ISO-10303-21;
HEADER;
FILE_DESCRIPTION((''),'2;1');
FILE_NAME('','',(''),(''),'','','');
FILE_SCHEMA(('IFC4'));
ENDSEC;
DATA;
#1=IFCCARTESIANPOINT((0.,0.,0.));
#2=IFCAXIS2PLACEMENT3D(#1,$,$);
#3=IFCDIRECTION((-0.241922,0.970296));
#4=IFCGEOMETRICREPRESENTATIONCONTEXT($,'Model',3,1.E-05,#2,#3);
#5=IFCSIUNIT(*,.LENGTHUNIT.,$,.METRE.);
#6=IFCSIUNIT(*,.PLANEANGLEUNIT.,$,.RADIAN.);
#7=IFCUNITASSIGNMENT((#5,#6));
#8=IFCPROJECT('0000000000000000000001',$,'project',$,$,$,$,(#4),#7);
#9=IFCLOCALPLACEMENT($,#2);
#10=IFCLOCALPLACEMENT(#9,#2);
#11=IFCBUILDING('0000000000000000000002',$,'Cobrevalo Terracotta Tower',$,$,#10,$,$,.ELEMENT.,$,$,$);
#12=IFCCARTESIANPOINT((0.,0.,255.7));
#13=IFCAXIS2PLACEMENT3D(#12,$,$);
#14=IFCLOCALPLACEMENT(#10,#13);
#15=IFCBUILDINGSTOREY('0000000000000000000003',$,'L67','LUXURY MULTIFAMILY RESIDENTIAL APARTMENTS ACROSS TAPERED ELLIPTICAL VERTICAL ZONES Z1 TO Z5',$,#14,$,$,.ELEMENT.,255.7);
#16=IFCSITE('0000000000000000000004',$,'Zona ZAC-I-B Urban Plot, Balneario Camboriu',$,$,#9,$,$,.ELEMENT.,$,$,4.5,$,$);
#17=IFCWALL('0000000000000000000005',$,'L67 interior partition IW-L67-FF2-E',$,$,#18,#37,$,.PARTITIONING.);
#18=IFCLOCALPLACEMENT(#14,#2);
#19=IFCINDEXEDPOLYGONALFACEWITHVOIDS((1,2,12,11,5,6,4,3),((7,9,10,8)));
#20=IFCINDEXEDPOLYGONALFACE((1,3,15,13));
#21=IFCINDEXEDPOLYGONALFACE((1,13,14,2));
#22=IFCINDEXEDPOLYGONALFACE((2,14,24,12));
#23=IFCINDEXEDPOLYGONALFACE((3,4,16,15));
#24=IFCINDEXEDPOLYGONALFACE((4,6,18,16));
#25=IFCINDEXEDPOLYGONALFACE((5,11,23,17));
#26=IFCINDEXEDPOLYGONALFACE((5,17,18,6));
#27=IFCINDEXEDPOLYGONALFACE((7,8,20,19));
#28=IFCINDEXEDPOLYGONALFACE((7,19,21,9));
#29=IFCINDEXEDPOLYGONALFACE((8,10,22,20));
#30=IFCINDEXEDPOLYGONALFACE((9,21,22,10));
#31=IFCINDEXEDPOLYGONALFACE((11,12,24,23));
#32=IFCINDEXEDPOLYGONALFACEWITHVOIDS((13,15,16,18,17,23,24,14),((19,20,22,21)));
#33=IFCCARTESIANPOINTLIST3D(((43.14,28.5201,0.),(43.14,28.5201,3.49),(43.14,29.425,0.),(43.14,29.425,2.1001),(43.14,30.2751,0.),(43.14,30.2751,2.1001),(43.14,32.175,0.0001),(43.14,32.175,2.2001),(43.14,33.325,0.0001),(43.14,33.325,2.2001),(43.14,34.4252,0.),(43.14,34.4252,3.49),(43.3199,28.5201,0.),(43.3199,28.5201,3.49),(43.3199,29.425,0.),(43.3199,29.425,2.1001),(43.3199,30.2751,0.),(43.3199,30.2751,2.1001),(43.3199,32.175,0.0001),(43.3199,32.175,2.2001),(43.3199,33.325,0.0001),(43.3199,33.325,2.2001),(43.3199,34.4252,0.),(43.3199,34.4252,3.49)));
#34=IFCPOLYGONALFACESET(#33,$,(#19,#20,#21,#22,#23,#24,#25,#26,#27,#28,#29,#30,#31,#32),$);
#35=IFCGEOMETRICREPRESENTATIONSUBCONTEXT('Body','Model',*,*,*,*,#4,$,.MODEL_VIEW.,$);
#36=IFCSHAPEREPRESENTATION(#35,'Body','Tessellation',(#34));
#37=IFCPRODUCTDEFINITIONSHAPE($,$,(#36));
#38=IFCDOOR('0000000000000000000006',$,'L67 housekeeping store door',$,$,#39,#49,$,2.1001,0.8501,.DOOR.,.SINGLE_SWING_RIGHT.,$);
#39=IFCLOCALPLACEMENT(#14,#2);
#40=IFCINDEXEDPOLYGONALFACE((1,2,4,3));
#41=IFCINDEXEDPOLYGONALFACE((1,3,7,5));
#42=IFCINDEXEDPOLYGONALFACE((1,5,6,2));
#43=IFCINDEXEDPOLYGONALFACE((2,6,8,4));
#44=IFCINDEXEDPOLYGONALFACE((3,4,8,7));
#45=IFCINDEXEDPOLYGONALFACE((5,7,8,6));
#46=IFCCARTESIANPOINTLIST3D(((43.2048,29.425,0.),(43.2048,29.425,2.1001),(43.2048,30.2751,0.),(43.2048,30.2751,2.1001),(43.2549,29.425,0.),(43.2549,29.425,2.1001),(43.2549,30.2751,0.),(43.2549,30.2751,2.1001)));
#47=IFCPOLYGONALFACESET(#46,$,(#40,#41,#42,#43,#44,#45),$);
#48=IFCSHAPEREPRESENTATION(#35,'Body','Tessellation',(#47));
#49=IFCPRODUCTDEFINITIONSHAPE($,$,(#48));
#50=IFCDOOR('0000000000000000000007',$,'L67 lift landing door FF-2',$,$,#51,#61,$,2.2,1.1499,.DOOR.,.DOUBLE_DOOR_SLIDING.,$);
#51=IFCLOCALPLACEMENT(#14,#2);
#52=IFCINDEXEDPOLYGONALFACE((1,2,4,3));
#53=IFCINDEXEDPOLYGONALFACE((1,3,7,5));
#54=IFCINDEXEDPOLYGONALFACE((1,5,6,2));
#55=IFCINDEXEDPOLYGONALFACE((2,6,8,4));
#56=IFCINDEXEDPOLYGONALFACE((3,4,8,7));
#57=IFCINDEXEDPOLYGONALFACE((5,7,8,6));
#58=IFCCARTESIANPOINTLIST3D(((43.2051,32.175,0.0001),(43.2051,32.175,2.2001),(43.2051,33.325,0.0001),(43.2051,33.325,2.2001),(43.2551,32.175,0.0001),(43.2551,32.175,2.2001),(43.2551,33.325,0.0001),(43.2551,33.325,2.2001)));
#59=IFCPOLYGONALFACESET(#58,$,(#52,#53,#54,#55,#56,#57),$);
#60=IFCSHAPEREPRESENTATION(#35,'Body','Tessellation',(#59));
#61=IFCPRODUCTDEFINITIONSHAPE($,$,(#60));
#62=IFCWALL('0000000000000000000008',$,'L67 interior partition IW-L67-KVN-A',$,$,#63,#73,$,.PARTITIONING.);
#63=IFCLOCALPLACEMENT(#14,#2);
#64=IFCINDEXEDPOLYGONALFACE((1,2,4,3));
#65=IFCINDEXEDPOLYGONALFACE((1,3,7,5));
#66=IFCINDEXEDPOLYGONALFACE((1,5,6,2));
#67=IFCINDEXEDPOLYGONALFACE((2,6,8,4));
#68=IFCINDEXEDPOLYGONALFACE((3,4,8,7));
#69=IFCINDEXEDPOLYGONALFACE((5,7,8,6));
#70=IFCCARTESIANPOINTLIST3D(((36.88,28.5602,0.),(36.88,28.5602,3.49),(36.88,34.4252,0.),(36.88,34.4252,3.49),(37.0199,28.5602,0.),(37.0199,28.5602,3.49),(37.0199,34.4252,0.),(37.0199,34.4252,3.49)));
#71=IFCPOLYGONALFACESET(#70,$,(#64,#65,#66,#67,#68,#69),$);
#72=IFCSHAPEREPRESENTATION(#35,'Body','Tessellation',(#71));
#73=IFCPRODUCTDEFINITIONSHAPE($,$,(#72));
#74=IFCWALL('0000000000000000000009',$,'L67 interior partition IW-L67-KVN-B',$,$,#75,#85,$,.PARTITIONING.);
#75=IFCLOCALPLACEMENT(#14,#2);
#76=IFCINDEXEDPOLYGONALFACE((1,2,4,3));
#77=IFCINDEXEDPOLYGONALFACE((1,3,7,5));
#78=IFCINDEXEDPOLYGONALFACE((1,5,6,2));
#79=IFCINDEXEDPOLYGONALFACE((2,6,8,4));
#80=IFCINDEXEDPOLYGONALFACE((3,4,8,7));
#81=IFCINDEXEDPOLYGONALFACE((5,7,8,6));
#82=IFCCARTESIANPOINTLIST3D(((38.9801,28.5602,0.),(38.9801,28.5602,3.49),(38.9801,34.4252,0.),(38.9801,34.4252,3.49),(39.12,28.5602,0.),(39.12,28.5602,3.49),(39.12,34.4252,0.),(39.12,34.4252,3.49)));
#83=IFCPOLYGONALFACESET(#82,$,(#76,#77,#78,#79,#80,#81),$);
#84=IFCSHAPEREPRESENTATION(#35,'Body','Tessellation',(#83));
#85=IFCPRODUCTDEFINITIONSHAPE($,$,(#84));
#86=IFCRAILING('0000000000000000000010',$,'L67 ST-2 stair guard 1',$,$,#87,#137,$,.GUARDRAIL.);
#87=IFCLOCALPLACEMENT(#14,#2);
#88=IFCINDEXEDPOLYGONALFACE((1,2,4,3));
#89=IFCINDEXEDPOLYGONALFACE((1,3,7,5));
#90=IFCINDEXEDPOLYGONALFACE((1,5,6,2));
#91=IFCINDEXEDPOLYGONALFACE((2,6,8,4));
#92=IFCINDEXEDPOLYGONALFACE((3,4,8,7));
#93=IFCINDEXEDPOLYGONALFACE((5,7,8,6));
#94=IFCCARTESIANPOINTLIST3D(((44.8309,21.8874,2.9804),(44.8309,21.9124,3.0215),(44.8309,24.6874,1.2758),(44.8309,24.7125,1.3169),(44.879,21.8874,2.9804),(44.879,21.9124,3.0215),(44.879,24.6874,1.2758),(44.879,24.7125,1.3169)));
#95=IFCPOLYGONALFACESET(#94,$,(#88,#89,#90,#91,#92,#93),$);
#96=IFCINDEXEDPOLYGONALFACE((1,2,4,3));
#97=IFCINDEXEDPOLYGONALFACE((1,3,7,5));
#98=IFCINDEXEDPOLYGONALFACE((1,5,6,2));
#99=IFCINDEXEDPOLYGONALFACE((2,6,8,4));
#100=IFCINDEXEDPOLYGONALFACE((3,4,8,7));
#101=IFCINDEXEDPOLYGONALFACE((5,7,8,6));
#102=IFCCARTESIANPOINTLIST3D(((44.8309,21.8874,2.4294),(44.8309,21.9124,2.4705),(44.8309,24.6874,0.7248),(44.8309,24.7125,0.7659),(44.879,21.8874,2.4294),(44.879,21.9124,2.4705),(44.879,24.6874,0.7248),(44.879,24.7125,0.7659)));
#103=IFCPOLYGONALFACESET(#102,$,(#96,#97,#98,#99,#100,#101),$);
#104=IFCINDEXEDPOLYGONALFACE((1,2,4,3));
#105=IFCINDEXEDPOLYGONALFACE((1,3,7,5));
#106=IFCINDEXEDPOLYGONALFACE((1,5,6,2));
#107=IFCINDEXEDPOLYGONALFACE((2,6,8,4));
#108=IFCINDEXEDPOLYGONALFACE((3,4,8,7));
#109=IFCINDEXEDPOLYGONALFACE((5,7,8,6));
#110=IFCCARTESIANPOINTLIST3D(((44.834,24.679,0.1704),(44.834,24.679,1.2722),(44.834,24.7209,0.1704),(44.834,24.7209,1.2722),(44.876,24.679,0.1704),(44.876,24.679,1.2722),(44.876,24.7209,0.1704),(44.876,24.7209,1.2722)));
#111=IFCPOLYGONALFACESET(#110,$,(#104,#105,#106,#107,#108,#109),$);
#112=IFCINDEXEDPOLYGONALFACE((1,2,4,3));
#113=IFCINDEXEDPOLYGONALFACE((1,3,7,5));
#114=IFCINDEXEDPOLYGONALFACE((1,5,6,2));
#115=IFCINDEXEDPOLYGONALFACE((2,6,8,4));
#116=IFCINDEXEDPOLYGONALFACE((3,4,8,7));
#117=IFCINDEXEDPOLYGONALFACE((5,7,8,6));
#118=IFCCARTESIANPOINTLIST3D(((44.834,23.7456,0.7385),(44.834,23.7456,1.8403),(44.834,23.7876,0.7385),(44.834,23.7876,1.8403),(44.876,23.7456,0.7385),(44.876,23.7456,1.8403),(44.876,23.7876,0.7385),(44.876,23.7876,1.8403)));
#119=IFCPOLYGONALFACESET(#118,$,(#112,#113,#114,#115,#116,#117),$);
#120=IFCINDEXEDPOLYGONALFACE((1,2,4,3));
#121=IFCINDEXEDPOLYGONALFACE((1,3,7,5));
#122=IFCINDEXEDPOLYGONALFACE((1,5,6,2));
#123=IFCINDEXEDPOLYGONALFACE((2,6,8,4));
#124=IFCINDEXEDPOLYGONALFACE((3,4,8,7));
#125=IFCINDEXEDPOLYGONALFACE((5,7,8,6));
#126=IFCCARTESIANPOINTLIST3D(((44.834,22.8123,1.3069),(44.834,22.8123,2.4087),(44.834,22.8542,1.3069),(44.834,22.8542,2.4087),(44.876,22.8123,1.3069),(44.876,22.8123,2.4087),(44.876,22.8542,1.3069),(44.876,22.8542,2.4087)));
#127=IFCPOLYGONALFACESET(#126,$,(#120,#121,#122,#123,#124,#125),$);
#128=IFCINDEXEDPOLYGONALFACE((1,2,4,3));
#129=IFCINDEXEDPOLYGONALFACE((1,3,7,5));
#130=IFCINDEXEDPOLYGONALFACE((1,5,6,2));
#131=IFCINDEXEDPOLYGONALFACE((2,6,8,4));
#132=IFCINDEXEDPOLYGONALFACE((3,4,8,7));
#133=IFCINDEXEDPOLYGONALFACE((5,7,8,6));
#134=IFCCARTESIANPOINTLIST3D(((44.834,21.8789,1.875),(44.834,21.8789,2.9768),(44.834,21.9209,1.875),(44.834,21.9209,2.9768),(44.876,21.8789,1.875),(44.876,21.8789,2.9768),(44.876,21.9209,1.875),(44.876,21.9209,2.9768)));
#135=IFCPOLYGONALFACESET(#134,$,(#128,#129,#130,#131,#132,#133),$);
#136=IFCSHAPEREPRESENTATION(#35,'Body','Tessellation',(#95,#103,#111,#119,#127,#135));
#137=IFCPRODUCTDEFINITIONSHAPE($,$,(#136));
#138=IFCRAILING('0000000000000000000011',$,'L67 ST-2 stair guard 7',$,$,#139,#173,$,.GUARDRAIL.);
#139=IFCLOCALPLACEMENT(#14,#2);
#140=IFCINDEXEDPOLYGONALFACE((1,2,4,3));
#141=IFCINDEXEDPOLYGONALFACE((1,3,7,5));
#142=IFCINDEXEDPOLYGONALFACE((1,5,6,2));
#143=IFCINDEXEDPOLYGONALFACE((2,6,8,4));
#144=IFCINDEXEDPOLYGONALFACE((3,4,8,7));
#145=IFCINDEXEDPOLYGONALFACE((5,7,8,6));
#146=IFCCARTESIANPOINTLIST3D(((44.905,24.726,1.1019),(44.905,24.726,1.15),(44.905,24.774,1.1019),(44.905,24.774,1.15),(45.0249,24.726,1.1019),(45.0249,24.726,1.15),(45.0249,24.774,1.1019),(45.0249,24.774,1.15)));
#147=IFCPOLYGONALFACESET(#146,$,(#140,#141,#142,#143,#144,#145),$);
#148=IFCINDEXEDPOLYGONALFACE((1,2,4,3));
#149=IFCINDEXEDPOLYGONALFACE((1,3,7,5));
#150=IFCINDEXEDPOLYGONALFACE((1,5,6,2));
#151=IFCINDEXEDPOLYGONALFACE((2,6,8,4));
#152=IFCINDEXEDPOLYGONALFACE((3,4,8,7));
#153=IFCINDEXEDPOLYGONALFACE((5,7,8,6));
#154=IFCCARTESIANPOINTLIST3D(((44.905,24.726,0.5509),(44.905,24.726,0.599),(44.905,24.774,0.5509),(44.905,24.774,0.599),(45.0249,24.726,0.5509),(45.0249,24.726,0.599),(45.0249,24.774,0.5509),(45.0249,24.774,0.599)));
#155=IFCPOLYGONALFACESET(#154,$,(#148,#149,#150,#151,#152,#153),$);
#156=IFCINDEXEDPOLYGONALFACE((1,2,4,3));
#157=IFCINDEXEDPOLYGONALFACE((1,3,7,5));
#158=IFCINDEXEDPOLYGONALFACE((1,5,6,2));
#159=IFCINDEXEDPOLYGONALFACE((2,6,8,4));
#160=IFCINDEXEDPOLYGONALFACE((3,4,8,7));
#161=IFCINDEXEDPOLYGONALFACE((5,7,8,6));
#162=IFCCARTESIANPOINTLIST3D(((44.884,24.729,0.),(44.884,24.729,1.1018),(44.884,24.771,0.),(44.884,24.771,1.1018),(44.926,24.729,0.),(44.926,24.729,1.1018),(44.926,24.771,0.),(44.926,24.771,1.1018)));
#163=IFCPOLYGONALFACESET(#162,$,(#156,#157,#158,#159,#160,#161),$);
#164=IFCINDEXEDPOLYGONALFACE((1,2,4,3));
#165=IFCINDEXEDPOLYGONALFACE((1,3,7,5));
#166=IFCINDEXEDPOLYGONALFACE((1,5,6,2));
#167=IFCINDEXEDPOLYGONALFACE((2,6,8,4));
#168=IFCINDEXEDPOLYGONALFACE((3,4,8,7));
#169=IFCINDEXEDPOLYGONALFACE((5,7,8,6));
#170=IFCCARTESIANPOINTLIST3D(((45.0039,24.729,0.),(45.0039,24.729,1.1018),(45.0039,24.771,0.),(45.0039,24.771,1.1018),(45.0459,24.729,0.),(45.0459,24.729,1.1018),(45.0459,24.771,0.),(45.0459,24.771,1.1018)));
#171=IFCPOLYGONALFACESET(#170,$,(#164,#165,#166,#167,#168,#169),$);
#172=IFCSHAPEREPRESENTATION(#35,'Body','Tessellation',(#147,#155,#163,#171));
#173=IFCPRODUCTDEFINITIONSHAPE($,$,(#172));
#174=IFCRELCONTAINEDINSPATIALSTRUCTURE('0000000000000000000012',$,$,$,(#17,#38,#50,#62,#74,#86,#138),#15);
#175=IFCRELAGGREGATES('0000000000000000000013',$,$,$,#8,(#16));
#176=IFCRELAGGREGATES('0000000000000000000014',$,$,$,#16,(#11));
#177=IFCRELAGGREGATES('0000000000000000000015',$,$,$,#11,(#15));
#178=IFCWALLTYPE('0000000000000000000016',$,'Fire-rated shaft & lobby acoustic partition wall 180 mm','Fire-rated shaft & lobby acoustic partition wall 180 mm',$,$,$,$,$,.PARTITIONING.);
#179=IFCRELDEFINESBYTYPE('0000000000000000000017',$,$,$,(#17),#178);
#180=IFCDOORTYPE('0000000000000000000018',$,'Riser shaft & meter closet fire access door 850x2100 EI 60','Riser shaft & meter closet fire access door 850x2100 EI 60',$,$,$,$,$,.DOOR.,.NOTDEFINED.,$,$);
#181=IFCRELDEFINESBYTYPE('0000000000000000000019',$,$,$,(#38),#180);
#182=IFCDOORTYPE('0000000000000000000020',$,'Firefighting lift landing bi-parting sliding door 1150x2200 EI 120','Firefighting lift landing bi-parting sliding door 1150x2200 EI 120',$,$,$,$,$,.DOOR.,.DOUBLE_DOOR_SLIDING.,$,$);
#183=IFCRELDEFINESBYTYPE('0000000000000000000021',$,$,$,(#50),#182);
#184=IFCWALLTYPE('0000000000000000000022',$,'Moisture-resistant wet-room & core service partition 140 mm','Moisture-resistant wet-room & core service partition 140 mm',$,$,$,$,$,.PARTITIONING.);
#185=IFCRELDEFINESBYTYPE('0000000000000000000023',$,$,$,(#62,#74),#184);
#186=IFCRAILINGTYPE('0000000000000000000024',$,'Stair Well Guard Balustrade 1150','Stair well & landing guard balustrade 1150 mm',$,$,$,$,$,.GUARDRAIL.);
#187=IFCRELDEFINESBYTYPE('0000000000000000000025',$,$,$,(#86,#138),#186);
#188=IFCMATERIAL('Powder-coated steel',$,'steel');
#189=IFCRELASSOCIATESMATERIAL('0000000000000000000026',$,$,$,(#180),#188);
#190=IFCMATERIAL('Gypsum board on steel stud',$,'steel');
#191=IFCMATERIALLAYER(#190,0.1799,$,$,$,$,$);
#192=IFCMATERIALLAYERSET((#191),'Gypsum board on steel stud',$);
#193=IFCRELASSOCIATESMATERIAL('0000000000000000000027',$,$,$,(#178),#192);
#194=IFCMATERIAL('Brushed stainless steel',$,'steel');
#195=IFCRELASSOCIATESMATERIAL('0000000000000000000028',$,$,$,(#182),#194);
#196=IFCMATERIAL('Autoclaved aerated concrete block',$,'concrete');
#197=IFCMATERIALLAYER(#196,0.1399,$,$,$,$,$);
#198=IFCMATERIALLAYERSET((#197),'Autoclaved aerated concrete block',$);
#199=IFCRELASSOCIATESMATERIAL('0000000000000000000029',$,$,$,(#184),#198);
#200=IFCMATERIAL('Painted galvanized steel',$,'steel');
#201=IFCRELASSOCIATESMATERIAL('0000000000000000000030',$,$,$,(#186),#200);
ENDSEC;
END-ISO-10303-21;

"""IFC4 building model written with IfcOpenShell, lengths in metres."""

from ifc_helpers import new_model, si_unit, direction, frame, frame_2d, origin, origin_2d, place, context, subcontext, project, spatial, rectangle, extrude, source, transform, mapped, material, layer, layer_set, type_object, element, fill, save


model = new_model("IFC4")

# Units and contexts
model_context = context("Model", 3, precision=1e-05, world=origin(), true_north=direction((-0.241922, 0.970296)))
body_context = subcontext(model_context, "Body", "Model", "MODEL_VIEW")
ifc_project = project(units=[si_unit("LENGTHUNIT", "METRE"), si_unit("PLANEANGLEUNIT", "RADIAN")], contexts=[model_context])

# Site, building, storey
site_placement = place(None, origin())
site = spatial("IfcSite", under=ifc_project, at=site_placement, Name="Zona ZAC-I-B Urban Plot, Balneario Camboriu", CompositionType="ELEMENT", RefElevation=4.5)
building_placement = place(site_placement, origin())
building = spatial("IfcBuilding", under=site, at=building_placement, Name="Cobrevalo Terracotta Tower", CompositionType="ELEMENT")
storey_placement = place(building_placement, frame((0.0, 0.0, 255.7)))
storey = spatial("IfcBuildingStorey", under=building, at=storey_placement, Name="L67", Description="LUXURY MULTIFAMILY RESIDENTIAL APARTMENTS ACROSS TAPERED ELLIPTICAL VERTICAL ZONES Z1 TO Z5", CompositionType="ELEMENT", Elevation=255.7)

# Shared definitions
ifc_material_1 = material(Name="Gypsum board on steel stud", Category="steel")

# Shared definitions
ifc_material_2 = material(Name="Powder-coated steel", Category="steel")
door_type_1 = type_object("IfcDoorType", Name="Riser shaft & meter closet fire access door 850x2100 EI 60", Description="Riser shaft & meter closet fire access door 850x2100 EI 60", OperationType="NOTDEFINED", PredefinedType="DOOR", material=ifc_material_2)
shared_shape_1 = source(origin(), body_context, "Body", "SweptSolid", [
    extrude(rectangle(XDim=0.8501, YDim=2.1001, at=frame_2d((0.425, 1.05))), frame((0.0, 0.0249, 0.0), z_axis=(0.0, -1.0, 0.0), x_axis=(1.0, 0.0, 0.0)), (0.0, 0.0, 1.0), 0.05),
])
ifc_material_3 = material(Name="Brushed stainless steel", Category="steel")

# Shared definitions
ifc_layer_1 = layer(ifc_material_1, 0.1799)
ifc_layer_set_1 = layer_set([ifc_layer_1], Name="Gypsum board on steel stud")
wall_type_1 = type_object("IfcWallType", Name="Fire-rated shaft & lobby acoustic partition wall 180 mm", Description="Fire-rated shaft & lobby acoustic partition wall 180 mm", PredefinedType="PARTITIONING", material=ifc_layer_set_1)

# Wall, openings, doors
wall_1_placement = place(storey_placement, frame((43.23, 28.52, 0.0), z_axis=(0.0, 0.0, 1.0), x_axis=(0.0, 1.0, 0.0)))
wall_1 = element("IfcWall", 1, at=wall_1_placement, inside=storey, type_object=wall_type_1, Name="L67 interior partition IW-L67-FF2-E", PredefinedType="PARTITIONING", context=body_context, shape_type="SweptSolid", body=[
    extrude(rectangle(XDim=5.905, YDim=0.1799, at=frame_2d((2.9526, 0.0))), origin(), (0.0, 0.0, 1.0), 3.49),
])
opening_1_placement = place(wall_1_placement, frame((0.905, 0.0, 0.0)))
opening_1 = element("IfcOpeningElement", 2, at=opening_1_placement, cuts=wall_1, PredefinedType="OPENING", context=body_context, shape_type="SweptSolid", body=[
    extrude(rectangle(XDim=0.8501, YDim=2.1001, at=frame_2d((0.425, 1.05))), frame((0.0, 0.1001, 0.0), z_axis=(0.0, -1.0, 0.0), x_axis=(1.0, 0.0, 0.0)), (0.0, 0.0, 1.0), 0.2),
])
opening_2_placement = place(wall_1_placement, frame((3.655, 0.0, 0.0)))
opening_2 = element("IfcOpeningElement", 3, at=opening_2_placement, cuts=wall_1, PredefinedType="OPENING", context=body_context, shape_type="SweptSolid", body=[
    extrude(rectangle(XDim=1.1499, YDim=2.2, at=frame_2d((0.575, 1.1001))), frame((0.0, 0.1001, 0.0), z_axis=(0.0, -1.0, 0.0), x_axis=(1.0, 0.0, 0.0)), (0.0, 0.0, 1.0), 0.2),
])
door_1_placement = place(opening_1_placement, frame((0.8501, 0.0, 0.0), z_axis=(0.0, 0.0, 1.0), x_axis=(-1.0, 0.0, 0.0)))
door_1 = element("IfcDoor", 4, at=door_1_placement, inside=storey, type_object=door_type_1, Name="L67 housekeeping store door", OperationType="SINGLE_SWING_RIGHT", OverallHeight=2.1001, OverallWidth=0.8501, PredefinedType="DOOR", context=body_context, shape_type="MappedRepresentation", body=[
    mapped(shared_shape_1, transform((0.0, 0.0, 0.0), scale=1.0)),
])
fill(opening_1, door_1)
door_type_2 = type_object("IfcDoorType", Name="Firefighting lift landing bi-parting sliding door 1150x2200 EI 120", Description="Firefighting lift landing bi-parting sliding door 1150x2200 EI 120", OperationType="DOUBLE_DOOR_SLIDING", PredefinedType="DOOR", material=ifc_material_3)
shared_shape_2 = source(origin(), body_context, "Body", "SweptSolid", [
    extrude(rectangle(XDim=1.1499, YDim=2.2, at=frame_2d((0.575, 1.1001))), frame((0.0, 0.0249, 0.0), z_axis=(0.0, -1.0, 0.0), x_axis=(1.0, 0.0, 0.0)), (0.0, 0.0, 1.0), 0.05),
])
door_2_placement = place(opening_2_placement, origin())
door_2 = element("IfcDoor", 5, at=door_2_placement, inside=storey, type_object=door_type_2, Name="L67 lift landing door FF-2", OperationType="DOUBLE_DOOR_SLIDING", OverallHeight=2.2, OverallWidth=1.1499, PredefinedType="DOOR", context=body_context, shape_type="MappedRepresentation", body=[
    mapped(shared_shape_2, transform((0.0, 0.0, 0.0), scale=1.0)),
])
fill(opening_2, door_2)

# Walls
ifc_material_4 = material(Name="Autoclaved aerated concrete block", Category="concrete")
ifc_layer_2 = layer(ifc_material_4, 0.1399)
ifc_layer_set_2 = layer_set([ifc_layer_2], Name="Autoclaved aerated concrete block")
wall_type_2 = type_object("IfcWallType", Name="Moisture-resistant wet-room & core service partition 140 mm", Description="Moisture-resistant wet-room & core service partition 140 mm", PredefinedType="PARTITIONING", material=ifc_layer_set_2)
for number, where, z_axis, x_axis, name in (
    (6, (36.95, 28.5601, 0.0), (0.0, 0.0, 1.0), (0.0, 1.0, 0.0), "L67 interior partition IW-L67-KVN-A"),
    (7, (39.05, 28.5601, 0.0), (0.0, 0.0, 1.0), (0.0, 1.0, 0.0), "L67 interior partition IW-L67-KVN-B"),
):
    element("IfcWall", number, at=place(storey_placement, frame(where, z_axis=z_axis, x_axis=x_axis)), inside=storey, type_object=wall_type_2, Name=name, PredefinedType="PARTITIONING", context=body_context, shape_type="SweptSolid", body=[
        extrude(rectangle(XDim=5.865, YDim=0.1399, at=frame_2d((2.9326, 0.0))), origin(), (0.0, 0.0, 1.0), 3.49),
    ])

# Railings
ifc_material_5 = material(Name="Painted galvanized steel", Category="steel")
railing_type = type_object("IfcRailingType", Name="Stair Well Guard Balustrade 1150", Description="Stair well & landing guard balustrade 1150 mm", PredefinedType="GUARDRAIL", material=ifc_material_5)
railing_1_placement = place(storey_placement, frame((44.855, 24.7, 0.1704)))
element("IfcRailing", 8, at=railing_1_placement, inside=storey, type_object=railing_type, Name="L67 ST-2 stair guard 1", PredefinedType="GUARDRAIL", context=body_context, shape_type="SweptSolid", body=[
    extrude(rectangle(XDim=0.0481, YDim=0.0481, at=origin_2d()), frame((0.0, 0.0, 1.126), z_axis=(0.0, -0.85417, 0.519994), x_axis=(1.0, 0.0, 0.0)), (0.0, 0.0, 1.0), 3.2781),
    extrude(rectangle(XDim=0.0481, YDim=0.0481, at=origin_2d()), frame((0.0, 0.0, 0.575), z_axis=(0.0, -0.85417, 0.519994), x_axis=(1.0, 0.0, 0.0)), (0.0, 0.0, 1.0), 3.2781),
    extrude(rectangle(XDim=0.042, YDim=0.042, at=origin_2d()), origin(), (0.0, 0.0, 1.0), 1.1018),
    extrude(rectangle(XDim=0.042, YDim=0.042, at=origin_2d()), frame((0.0, -0.9333, 0.5681)), (0.0, 0.0, 1.0), 1.1018),
    extrude(rectangle(XDim=0.042, YDim=0.042, at=origin_2d()), frame((0.0, -1.8667, 1.1365)), (0.0, 0.0, 1.0), 1.1018),
    extrude(rectangle(XDim=0.042, YDim=0.042, at=origin_2d()), frame((0.0, -2.8, 1.7046)), (0.0, 0.0, 1.0), 1.1018),
])
railing_2_placement = place(storey_placement, frame((44.905, 24.75, 0.0)))
element("IfcRailing", 9, at=railing_2_placement, inside=storey, type_object=railing_type, Name="L67 ST-2 stair guard 7", PredefinedType="GUARDRAIL", context=body_context, shape_type="SweptSolid", body=[
    extrude(rectangle(XDim=0.0481, YDim=0.0481, at=origin_2d()), frame((0.0, 0.0, 1.126), z_axis=(1.0, 0.0, 0.0), x_axis=(0.0, 1.0, 0.0)), (0.0, 0.0, 1.0), 0.1199),
    extrude(rectangle(XDim=0.0481, YDim=0.0481, at=origin_2d()), frame((0.0, 0.0, 0.575), z_axis=(1.0, 0.0, 0.0), x_axis=(0.0, 1.0, 0.0)), (0.0, 0.0, 1.0), 0.1199),
    extrude(rectangle(XDim=0.042, YDim=0.042, at=origin_2d()), origin(), (0.0, 0.0, 1.0), 1.1018),
    extrude(rectangle(XDim=0.042, YDim=0.042, at=origin_2d()), frame((0.1199, 0.0, 0.0)), (0.0, 0.0, 1.0), 1.1018),
])

save(model, "model.ifc")
